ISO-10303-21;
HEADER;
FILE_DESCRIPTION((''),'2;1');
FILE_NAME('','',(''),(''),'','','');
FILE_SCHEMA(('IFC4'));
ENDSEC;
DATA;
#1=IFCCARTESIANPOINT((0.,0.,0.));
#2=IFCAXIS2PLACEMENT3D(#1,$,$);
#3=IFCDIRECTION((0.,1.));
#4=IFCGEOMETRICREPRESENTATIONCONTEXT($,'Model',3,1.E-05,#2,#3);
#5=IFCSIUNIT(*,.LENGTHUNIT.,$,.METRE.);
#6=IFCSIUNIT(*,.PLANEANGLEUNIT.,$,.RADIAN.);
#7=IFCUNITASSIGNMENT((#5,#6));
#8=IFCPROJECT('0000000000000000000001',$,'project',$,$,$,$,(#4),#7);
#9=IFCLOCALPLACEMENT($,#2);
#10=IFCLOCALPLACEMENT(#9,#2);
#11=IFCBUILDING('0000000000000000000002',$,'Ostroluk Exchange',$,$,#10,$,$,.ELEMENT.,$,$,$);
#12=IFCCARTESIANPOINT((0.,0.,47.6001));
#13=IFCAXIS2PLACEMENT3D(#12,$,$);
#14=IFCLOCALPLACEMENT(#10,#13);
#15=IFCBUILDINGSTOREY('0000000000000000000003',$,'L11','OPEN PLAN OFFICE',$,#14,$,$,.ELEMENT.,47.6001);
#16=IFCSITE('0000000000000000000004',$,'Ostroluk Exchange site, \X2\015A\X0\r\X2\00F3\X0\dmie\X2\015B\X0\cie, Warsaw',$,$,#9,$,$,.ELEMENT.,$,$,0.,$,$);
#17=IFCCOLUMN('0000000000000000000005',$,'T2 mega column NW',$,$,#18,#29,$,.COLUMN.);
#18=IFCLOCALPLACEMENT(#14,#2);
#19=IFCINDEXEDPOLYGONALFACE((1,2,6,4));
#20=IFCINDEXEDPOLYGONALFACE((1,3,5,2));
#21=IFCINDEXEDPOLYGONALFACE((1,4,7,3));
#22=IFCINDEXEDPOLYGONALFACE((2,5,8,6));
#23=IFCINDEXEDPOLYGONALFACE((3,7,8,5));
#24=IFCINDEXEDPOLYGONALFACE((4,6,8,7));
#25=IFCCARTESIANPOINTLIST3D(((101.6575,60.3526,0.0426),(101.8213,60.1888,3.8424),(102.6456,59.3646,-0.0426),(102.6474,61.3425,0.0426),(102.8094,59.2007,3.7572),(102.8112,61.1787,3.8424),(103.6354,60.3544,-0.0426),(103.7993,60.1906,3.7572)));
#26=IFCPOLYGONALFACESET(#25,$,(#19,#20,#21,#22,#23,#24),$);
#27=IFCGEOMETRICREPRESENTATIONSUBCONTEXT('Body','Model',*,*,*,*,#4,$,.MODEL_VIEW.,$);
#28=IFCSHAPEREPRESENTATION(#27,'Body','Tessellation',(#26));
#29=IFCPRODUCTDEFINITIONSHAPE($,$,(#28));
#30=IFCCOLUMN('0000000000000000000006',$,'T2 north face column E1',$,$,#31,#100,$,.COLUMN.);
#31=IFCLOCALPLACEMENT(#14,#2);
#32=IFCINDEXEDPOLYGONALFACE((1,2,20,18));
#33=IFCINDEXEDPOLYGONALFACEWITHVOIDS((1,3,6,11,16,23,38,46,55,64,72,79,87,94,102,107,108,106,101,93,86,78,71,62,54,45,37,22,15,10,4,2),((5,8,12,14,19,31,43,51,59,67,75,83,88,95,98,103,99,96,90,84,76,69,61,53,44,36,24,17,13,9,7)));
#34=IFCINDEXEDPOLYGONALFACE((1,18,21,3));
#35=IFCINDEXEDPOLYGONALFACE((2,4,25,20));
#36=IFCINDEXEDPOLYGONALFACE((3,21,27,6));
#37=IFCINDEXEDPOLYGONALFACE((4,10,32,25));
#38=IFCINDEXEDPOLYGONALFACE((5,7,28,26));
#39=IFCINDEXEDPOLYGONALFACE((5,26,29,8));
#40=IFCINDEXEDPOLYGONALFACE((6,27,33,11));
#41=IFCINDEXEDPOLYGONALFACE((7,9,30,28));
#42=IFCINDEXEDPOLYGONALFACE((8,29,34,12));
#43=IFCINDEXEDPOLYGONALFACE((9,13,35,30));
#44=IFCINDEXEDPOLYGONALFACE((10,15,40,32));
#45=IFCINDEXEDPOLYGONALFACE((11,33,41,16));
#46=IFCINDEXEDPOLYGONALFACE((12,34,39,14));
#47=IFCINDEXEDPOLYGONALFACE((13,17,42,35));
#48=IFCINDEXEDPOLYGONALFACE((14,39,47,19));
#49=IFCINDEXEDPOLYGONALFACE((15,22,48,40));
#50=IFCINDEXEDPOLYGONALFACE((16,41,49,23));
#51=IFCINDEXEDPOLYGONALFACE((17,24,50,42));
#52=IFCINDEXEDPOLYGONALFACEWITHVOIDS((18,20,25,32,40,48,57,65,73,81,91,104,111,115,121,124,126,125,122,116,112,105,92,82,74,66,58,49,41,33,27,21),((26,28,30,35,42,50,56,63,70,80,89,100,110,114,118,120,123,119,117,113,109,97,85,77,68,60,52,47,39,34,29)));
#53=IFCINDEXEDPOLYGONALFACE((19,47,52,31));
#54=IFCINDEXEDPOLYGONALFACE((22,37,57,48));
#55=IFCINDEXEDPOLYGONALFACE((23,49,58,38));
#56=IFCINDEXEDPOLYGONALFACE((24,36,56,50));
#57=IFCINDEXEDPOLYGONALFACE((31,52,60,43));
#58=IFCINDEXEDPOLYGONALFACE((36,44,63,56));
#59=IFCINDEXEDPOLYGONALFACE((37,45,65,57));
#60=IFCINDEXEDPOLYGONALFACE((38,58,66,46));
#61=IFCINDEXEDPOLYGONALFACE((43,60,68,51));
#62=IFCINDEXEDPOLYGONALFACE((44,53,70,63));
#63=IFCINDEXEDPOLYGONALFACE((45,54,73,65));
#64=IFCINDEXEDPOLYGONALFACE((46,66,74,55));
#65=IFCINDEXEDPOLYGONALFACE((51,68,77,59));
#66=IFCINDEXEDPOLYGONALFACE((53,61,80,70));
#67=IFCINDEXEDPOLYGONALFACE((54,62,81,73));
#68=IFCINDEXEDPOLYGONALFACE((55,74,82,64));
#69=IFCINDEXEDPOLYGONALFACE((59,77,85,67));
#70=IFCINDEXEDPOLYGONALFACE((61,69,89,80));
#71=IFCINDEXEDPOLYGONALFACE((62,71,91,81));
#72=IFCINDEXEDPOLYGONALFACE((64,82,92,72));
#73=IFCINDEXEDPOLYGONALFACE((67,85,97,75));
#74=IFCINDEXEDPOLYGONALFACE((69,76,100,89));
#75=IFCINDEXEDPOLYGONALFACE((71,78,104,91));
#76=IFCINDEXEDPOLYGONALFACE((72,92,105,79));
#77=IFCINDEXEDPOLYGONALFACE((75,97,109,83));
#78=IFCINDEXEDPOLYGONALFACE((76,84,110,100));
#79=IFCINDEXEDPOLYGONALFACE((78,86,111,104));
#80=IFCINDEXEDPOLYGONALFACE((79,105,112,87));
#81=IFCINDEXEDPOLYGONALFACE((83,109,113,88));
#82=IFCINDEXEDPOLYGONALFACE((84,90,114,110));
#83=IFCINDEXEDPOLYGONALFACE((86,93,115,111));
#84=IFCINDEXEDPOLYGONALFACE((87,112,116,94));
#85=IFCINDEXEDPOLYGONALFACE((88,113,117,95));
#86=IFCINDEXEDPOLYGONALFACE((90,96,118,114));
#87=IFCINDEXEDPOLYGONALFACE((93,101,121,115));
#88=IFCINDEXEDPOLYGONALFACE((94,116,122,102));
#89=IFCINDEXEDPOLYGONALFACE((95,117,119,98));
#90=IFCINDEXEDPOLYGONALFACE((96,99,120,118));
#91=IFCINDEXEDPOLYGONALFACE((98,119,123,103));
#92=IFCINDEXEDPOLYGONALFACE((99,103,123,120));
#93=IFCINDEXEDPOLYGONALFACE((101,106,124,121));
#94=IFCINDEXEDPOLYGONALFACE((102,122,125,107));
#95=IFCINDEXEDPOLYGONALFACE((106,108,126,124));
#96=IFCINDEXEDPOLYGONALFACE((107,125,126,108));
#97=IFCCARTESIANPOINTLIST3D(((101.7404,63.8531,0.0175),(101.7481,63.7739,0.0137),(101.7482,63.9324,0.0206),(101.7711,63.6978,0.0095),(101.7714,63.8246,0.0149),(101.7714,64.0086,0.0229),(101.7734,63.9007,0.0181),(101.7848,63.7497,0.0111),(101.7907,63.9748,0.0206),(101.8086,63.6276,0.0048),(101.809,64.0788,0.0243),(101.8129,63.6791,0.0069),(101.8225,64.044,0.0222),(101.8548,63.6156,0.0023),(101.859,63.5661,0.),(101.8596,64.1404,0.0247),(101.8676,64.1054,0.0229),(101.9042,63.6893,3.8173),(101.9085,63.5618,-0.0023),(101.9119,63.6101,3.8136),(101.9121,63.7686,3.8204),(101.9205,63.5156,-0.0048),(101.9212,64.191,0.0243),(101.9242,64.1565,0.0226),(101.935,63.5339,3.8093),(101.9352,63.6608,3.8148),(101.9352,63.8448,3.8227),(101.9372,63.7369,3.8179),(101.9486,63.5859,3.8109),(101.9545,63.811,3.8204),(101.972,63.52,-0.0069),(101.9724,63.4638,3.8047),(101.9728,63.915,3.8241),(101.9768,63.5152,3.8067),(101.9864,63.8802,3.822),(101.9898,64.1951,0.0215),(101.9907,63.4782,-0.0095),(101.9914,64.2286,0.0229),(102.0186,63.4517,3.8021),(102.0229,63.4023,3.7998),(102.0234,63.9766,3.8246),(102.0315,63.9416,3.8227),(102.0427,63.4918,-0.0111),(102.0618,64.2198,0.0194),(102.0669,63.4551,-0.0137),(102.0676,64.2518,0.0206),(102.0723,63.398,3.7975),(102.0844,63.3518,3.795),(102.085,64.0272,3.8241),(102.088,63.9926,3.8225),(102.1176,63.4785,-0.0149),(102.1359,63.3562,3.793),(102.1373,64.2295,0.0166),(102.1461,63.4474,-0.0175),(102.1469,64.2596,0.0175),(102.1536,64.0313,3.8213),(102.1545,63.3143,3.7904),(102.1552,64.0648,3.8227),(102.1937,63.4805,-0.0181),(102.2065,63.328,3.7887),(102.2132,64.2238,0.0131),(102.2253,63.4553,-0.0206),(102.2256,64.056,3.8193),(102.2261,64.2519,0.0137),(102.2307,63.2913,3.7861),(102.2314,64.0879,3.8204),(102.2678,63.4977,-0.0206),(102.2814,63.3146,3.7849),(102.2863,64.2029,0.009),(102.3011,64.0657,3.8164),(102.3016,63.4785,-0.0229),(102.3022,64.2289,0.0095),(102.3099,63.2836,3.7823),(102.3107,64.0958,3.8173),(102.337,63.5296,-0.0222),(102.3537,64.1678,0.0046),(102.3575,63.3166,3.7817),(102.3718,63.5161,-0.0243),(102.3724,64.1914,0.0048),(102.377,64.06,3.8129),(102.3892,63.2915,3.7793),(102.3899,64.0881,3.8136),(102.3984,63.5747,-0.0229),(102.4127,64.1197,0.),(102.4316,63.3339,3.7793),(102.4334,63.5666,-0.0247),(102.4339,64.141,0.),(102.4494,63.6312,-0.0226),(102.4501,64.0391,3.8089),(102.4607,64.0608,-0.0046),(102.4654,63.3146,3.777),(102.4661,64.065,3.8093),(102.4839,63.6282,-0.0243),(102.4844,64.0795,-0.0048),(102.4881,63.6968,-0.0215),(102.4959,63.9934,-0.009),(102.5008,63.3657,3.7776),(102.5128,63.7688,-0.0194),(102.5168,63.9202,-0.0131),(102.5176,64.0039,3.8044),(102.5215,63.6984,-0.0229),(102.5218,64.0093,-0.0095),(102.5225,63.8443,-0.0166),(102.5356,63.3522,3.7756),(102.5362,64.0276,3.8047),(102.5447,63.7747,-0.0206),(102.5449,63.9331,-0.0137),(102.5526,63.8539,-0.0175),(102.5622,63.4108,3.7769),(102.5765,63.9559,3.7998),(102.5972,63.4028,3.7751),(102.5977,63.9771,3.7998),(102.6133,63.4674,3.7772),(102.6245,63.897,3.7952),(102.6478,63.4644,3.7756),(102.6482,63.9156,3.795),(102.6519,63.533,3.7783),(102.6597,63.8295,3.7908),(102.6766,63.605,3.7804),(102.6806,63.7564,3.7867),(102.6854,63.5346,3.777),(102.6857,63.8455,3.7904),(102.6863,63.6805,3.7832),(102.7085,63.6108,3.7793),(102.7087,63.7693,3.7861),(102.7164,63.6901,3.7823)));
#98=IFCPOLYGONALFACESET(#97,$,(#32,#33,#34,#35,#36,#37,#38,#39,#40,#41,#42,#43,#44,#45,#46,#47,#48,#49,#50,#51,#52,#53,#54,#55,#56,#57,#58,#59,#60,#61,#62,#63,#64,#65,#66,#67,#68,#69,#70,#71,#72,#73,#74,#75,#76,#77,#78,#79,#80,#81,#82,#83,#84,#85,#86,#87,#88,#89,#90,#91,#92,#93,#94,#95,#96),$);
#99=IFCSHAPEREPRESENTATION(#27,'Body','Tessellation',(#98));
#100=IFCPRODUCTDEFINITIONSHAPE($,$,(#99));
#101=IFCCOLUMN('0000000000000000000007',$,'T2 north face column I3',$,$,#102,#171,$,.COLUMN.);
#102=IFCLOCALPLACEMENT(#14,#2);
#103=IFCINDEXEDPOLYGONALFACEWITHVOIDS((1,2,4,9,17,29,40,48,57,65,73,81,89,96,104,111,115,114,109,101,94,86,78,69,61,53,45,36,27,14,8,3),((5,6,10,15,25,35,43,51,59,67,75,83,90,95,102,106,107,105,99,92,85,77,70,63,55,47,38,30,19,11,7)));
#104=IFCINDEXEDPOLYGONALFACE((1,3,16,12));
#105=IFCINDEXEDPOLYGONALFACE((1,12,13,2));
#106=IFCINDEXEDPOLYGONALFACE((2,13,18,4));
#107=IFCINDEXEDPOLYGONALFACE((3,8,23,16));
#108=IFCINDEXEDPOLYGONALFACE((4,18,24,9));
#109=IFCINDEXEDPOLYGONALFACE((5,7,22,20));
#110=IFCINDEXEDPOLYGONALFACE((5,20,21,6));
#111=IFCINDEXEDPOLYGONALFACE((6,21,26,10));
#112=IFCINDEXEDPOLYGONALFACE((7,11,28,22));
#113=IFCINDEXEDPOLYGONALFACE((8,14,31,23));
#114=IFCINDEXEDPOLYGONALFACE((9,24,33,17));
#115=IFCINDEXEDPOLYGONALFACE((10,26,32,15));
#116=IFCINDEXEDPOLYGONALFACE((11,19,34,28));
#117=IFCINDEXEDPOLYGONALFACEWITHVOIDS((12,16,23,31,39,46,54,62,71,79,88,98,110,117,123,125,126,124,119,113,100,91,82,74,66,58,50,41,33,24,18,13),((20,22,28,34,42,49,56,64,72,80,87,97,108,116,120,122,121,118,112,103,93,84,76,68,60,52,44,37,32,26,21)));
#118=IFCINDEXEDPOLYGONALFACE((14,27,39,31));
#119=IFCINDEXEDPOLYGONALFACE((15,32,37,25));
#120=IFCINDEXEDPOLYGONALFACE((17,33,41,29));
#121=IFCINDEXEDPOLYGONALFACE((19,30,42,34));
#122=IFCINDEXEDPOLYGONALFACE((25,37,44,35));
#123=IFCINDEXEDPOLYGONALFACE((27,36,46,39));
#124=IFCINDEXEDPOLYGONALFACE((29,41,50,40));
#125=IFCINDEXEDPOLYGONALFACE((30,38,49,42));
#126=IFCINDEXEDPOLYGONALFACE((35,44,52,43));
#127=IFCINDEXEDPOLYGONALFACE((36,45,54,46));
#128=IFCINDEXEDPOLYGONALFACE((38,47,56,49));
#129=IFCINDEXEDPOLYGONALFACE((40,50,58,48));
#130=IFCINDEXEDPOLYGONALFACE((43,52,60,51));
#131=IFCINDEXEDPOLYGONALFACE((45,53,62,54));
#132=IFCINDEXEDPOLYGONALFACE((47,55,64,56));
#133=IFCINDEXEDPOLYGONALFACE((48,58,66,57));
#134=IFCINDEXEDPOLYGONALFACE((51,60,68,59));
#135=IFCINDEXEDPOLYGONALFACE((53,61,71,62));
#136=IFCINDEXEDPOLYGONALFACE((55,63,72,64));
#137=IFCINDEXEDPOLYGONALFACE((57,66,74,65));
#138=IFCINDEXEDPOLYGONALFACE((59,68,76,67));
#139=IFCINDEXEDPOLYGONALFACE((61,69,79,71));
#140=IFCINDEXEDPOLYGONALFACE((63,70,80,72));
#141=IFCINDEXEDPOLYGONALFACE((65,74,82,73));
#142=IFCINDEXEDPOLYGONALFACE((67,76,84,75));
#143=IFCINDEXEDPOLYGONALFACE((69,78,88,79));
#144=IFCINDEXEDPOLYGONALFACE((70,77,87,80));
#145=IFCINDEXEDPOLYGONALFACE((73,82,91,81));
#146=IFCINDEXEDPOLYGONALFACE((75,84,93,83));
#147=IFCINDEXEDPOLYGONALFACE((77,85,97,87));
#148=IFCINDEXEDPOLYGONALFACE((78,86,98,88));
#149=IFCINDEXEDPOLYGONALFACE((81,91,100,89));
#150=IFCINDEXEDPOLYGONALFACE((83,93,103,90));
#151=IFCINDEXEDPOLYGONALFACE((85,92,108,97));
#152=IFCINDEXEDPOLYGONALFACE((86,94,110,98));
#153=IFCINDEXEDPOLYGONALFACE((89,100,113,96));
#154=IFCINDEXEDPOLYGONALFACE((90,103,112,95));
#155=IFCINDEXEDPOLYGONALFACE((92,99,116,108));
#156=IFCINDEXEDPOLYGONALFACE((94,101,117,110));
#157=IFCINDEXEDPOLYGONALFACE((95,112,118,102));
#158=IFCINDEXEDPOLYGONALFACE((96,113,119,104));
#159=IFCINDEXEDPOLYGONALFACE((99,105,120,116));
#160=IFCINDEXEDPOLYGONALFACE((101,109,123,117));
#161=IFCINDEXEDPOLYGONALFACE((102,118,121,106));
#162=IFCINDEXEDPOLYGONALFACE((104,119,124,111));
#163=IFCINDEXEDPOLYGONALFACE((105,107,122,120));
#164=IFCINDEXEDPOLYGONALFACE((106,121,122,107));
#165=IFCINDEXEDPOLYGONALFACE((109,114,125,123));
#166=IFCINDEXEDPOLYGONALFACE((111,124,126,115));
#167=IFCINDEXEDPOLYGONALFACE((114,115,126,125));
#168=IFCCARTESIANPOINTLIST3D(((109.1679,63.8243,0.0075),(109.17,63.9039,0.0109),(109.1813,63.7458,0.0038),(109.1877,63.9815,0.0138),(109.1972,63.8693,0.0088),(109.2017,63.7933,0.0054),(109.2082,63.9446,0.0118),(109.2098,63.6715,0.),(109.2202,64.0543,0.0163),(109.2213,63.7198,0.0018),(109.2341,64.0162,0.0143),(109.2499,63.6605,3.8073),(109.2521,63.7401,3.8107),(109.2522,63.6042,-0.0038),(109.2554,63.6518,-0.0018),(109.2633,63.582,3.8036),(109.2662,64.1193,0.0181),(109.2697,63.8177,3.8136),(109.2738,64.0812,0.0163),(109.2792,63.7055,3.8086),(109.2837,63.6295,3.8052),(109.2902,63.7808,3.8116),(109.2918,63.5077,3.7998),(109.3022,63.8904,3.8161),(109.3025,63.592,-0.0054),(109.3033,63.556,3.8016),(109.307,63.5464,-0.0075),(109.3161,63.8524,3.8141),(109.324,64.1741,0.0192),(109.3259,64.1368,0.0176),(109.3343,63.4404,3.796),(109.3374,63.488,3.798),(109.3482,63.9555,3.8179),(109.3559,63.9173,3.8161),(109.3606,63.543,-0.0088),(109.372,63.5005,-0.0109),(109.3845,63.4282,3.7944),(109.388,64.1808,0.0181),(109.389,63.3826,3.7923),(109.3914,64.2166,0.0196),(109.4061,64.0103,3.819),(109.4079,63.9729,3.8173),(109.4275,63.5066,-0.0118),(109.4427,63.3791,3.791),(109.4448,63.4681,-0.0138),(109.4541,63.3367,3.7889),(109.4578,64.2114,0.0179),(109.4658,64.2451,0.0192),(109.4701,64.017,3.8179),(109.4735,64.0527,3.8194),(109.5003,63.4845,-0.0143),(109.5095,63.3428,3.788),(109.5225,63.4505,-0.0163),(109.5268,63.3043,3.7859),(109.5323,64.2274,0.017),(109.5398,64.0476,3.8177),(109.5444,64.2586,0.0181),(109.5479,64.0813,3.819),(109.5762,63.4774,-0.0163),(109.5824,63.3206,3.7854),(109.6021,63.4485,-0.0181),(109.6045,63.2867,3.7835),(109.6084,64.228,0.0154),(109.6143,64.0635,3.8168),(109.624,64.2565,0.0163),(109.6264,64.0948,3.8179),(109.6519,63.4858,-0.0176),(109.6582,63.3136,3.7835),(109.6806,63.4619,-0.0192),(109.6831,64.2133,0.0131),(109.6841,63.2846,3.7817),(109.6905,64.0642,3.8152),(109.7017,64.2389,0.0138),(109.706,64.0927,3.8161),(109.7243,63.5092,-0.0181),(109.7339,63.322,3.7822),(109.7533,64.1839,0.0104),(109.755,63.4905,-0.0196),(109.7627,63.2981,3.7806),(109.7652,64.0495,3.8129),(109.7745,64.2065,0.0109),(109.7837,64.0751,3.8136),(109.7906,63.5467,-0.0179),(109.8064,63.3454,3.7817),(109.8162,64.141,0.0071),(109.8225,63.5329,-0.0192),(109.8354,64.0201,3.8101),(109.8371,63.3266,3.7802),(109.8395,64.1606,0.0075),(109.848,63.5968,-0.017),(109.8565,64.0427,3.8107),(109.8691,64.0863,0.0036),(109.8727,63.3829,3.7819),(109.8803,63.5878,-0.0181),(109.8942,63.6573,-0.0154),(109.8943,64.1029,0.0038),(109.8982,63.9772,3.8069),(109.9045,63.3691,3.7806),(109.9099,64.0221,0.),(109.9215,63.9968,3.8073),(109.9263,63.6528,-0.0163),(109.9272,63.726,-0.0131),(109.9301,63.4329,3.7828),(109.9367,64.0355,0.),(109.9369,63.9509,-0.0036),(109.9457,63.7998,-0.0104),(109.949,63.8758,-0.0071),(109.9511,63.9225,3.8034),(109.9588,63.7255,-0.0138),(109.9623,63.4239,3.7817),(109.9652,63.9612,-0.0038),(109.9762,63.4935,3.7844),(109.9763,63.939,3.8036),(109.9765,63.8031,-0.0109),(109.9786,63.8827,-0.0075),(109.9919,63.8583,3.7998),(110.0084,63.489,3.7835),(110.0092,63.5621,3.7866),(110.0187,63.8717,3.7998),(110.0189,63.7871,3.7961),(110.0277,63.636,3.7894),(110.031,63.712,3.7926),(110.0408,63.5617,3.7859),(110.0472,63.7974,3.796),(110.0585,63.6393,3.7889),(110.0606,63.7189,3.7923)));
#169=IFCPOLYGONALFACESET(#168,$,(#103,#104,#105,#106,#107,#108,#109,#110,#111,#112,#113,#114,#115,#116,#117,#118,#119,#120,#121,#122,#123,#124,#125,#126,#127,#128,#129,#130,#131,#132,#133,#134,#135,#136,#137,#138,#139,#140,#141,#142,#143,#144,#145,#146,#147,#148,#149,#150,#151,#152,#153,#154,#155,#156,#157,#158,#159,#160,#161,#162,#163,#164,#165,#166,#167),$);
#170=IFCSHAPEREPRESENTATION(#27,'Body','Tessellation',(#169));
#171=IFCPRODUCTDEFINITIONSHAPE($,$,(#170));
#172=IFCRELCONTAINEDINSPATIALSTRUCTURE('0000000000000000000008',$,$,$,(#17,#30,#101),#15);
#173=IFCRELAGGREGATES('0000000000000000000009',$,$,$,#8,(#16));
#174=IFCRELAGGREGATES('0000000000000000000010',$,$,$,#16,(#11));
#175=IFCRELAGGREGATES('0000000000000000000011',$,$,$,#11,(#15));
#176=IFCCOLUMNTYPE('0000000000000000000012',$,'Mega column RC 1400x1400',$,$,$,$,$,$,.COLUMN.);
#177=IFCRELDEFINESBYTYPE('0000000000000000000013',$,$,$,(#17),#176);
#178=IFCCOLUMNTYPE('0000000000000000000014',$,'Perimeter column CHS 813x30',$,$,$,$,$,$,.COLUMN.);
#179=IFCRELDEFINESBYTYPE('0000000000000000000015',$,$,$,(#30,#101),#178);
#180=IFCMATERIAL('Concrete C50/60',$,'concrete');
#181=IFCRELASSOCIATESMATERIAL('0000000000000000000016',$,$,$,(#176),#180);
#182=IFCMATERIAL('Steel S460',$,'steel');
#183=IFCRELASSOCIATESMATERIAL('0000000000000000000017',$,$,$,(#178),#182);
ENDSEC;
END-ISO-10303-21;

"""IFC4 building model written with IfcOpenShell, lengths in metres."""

from ifc_helpers import new_model, si_unit, direction, frame, origin, origin_2d, place, context, subcontext, project, spatial, rectangle, hollow_circle, extrude, material, material_profile, profile_set, type_object, element, save


model = new_model("IFC4")

# Units and contexts
model_context = context("Model", 3, precision=1e-05, world=origin(), true_north=direction((0.0, 1.0)))
body_context = subcontext(model_context, "Body", "Model", "MODEL_VIEW")
ifc_project = project(units=[si_unit("LENGTHUNIT", "METRE"), si_unit("PLANEANGLEUNIT", "RADIAN")], contexts=[model_context])

# Site, building, storey
site_placement = place(None, origin())
site = spatial("IfcSite", under=ifc_project, at=site_placement, Name="Ostroluk Exchange site, Śródmieście, Warsaw", CompositionType="ELEMENT", RefElevation=0.0)
building_placement = place(site_placement, origin())
building = spatial("IfcBuilding", under=site, at=building_placement, Name="Ostroluk Exchange", CompositionType="ELEMENT")
storey_placement = place(building_placement, frame((0.0, 0.0, 47.6001)))
storey = spatial("IfcBuildingStorey", under=building, at=storey_placement, Name="L11", Description="OPEN PLAN OFFICE", CompositionType="ELEMENT", Elevation=47.6001)

# Columns
ifc_material_1 = material(Name="Concrete C50/60", Category="concrete")
ifc_material_profile_1 = material_profile(ifc_material_1, rectangle(XDim=1.3999, YDim=1.3999, at=origin_2d()), Name="RC 1400x1400")
ifc_profile_set_1 = profile_set([ifc_material_profile_1], Name="Concrete C50/60")
column_type_1 = type_object("IfcColumnType", Name="Mega column RC 1400x1400", PredefinedType="COLUMN", material=ifc_profile_set_1)
column_1_placement = place(storey_placement, frame((102.6465, 60.3535, 0.0), z_axis=(0.043032, -0.043032, 0.998146), x_axis=(0.707107, 0.707107, 0.0)))
element("IfcColumn", 1, at=column_1_placement, inside=storey, type_object=column_type_1, Name="T2 mega column NW", PredefinedType="COLUMN", context=body_context, shape_type="SweptSolid", body=[
    extrude(rectangle(XDim=1.3999, YDim=1.3999, at=origin_2d()), origin(), (0.0, 0.0, 1.0), 3.8069),
])
ifc_material_2 = material(Name="Steel S460", Category="steel")
ifc_material_profile_2 = material_profile(ifc_material_2, hollow_circle(Radius=0.4065, WallThickness=0.03, at=origin_2d()), Name="CHS 813x30")
ifc_profile_set_2 = profile_set([ifc_material_profile_2], Name="Steel S460")
column_type_2 = type_object("IfcColumnType", Name="Perimeter column CHS 813x30", PredefinedType="COLUMN", material=ifc_profile_set_2)
column_2_placement = place(storey_placement, frame((102.1465, 63.8535, 0.0), z_axis=(0.043032, -0.043032, 0.998146), x_axis=(0.707107, 0.707107, 0.0)))
element("IfcColumn", 2, at=column_2_placement, inside=storey, type_object=column_type_2, Name="T2 north face column E1", PredefinedType="COLUMN", context=body_context, shape_type="SweptSolid", body=[
    extrude(hollow_circle(Radius=0.4065, WallThickness=0.03, at=origin_2d()), origin(), (0.0, 0.0, 1.0), 3.8069),
])
column_3_placement = place(storey_placement, frame((109.5732, 63.8535, 0.0), z_axis=(0.021563, -0.043062, 0.99884), x_axis=(0.894161, 0.447747, 0.0)))
element("IfcColumn", 3, at=column_3_placement, inside=storey, type_object=column_type_2, Name="T2 north face column I3", PredefinedType="COLUMN", context=body_context, shape_type="SweptSolid", body=[
    extrude(hollow_circle(Radius=0.4065, WallThickness=0.03, at=origin_2d()), origin(), (0.0, 0.0, 1.0), 3.8042),
])

save(model, "model.ifc")
